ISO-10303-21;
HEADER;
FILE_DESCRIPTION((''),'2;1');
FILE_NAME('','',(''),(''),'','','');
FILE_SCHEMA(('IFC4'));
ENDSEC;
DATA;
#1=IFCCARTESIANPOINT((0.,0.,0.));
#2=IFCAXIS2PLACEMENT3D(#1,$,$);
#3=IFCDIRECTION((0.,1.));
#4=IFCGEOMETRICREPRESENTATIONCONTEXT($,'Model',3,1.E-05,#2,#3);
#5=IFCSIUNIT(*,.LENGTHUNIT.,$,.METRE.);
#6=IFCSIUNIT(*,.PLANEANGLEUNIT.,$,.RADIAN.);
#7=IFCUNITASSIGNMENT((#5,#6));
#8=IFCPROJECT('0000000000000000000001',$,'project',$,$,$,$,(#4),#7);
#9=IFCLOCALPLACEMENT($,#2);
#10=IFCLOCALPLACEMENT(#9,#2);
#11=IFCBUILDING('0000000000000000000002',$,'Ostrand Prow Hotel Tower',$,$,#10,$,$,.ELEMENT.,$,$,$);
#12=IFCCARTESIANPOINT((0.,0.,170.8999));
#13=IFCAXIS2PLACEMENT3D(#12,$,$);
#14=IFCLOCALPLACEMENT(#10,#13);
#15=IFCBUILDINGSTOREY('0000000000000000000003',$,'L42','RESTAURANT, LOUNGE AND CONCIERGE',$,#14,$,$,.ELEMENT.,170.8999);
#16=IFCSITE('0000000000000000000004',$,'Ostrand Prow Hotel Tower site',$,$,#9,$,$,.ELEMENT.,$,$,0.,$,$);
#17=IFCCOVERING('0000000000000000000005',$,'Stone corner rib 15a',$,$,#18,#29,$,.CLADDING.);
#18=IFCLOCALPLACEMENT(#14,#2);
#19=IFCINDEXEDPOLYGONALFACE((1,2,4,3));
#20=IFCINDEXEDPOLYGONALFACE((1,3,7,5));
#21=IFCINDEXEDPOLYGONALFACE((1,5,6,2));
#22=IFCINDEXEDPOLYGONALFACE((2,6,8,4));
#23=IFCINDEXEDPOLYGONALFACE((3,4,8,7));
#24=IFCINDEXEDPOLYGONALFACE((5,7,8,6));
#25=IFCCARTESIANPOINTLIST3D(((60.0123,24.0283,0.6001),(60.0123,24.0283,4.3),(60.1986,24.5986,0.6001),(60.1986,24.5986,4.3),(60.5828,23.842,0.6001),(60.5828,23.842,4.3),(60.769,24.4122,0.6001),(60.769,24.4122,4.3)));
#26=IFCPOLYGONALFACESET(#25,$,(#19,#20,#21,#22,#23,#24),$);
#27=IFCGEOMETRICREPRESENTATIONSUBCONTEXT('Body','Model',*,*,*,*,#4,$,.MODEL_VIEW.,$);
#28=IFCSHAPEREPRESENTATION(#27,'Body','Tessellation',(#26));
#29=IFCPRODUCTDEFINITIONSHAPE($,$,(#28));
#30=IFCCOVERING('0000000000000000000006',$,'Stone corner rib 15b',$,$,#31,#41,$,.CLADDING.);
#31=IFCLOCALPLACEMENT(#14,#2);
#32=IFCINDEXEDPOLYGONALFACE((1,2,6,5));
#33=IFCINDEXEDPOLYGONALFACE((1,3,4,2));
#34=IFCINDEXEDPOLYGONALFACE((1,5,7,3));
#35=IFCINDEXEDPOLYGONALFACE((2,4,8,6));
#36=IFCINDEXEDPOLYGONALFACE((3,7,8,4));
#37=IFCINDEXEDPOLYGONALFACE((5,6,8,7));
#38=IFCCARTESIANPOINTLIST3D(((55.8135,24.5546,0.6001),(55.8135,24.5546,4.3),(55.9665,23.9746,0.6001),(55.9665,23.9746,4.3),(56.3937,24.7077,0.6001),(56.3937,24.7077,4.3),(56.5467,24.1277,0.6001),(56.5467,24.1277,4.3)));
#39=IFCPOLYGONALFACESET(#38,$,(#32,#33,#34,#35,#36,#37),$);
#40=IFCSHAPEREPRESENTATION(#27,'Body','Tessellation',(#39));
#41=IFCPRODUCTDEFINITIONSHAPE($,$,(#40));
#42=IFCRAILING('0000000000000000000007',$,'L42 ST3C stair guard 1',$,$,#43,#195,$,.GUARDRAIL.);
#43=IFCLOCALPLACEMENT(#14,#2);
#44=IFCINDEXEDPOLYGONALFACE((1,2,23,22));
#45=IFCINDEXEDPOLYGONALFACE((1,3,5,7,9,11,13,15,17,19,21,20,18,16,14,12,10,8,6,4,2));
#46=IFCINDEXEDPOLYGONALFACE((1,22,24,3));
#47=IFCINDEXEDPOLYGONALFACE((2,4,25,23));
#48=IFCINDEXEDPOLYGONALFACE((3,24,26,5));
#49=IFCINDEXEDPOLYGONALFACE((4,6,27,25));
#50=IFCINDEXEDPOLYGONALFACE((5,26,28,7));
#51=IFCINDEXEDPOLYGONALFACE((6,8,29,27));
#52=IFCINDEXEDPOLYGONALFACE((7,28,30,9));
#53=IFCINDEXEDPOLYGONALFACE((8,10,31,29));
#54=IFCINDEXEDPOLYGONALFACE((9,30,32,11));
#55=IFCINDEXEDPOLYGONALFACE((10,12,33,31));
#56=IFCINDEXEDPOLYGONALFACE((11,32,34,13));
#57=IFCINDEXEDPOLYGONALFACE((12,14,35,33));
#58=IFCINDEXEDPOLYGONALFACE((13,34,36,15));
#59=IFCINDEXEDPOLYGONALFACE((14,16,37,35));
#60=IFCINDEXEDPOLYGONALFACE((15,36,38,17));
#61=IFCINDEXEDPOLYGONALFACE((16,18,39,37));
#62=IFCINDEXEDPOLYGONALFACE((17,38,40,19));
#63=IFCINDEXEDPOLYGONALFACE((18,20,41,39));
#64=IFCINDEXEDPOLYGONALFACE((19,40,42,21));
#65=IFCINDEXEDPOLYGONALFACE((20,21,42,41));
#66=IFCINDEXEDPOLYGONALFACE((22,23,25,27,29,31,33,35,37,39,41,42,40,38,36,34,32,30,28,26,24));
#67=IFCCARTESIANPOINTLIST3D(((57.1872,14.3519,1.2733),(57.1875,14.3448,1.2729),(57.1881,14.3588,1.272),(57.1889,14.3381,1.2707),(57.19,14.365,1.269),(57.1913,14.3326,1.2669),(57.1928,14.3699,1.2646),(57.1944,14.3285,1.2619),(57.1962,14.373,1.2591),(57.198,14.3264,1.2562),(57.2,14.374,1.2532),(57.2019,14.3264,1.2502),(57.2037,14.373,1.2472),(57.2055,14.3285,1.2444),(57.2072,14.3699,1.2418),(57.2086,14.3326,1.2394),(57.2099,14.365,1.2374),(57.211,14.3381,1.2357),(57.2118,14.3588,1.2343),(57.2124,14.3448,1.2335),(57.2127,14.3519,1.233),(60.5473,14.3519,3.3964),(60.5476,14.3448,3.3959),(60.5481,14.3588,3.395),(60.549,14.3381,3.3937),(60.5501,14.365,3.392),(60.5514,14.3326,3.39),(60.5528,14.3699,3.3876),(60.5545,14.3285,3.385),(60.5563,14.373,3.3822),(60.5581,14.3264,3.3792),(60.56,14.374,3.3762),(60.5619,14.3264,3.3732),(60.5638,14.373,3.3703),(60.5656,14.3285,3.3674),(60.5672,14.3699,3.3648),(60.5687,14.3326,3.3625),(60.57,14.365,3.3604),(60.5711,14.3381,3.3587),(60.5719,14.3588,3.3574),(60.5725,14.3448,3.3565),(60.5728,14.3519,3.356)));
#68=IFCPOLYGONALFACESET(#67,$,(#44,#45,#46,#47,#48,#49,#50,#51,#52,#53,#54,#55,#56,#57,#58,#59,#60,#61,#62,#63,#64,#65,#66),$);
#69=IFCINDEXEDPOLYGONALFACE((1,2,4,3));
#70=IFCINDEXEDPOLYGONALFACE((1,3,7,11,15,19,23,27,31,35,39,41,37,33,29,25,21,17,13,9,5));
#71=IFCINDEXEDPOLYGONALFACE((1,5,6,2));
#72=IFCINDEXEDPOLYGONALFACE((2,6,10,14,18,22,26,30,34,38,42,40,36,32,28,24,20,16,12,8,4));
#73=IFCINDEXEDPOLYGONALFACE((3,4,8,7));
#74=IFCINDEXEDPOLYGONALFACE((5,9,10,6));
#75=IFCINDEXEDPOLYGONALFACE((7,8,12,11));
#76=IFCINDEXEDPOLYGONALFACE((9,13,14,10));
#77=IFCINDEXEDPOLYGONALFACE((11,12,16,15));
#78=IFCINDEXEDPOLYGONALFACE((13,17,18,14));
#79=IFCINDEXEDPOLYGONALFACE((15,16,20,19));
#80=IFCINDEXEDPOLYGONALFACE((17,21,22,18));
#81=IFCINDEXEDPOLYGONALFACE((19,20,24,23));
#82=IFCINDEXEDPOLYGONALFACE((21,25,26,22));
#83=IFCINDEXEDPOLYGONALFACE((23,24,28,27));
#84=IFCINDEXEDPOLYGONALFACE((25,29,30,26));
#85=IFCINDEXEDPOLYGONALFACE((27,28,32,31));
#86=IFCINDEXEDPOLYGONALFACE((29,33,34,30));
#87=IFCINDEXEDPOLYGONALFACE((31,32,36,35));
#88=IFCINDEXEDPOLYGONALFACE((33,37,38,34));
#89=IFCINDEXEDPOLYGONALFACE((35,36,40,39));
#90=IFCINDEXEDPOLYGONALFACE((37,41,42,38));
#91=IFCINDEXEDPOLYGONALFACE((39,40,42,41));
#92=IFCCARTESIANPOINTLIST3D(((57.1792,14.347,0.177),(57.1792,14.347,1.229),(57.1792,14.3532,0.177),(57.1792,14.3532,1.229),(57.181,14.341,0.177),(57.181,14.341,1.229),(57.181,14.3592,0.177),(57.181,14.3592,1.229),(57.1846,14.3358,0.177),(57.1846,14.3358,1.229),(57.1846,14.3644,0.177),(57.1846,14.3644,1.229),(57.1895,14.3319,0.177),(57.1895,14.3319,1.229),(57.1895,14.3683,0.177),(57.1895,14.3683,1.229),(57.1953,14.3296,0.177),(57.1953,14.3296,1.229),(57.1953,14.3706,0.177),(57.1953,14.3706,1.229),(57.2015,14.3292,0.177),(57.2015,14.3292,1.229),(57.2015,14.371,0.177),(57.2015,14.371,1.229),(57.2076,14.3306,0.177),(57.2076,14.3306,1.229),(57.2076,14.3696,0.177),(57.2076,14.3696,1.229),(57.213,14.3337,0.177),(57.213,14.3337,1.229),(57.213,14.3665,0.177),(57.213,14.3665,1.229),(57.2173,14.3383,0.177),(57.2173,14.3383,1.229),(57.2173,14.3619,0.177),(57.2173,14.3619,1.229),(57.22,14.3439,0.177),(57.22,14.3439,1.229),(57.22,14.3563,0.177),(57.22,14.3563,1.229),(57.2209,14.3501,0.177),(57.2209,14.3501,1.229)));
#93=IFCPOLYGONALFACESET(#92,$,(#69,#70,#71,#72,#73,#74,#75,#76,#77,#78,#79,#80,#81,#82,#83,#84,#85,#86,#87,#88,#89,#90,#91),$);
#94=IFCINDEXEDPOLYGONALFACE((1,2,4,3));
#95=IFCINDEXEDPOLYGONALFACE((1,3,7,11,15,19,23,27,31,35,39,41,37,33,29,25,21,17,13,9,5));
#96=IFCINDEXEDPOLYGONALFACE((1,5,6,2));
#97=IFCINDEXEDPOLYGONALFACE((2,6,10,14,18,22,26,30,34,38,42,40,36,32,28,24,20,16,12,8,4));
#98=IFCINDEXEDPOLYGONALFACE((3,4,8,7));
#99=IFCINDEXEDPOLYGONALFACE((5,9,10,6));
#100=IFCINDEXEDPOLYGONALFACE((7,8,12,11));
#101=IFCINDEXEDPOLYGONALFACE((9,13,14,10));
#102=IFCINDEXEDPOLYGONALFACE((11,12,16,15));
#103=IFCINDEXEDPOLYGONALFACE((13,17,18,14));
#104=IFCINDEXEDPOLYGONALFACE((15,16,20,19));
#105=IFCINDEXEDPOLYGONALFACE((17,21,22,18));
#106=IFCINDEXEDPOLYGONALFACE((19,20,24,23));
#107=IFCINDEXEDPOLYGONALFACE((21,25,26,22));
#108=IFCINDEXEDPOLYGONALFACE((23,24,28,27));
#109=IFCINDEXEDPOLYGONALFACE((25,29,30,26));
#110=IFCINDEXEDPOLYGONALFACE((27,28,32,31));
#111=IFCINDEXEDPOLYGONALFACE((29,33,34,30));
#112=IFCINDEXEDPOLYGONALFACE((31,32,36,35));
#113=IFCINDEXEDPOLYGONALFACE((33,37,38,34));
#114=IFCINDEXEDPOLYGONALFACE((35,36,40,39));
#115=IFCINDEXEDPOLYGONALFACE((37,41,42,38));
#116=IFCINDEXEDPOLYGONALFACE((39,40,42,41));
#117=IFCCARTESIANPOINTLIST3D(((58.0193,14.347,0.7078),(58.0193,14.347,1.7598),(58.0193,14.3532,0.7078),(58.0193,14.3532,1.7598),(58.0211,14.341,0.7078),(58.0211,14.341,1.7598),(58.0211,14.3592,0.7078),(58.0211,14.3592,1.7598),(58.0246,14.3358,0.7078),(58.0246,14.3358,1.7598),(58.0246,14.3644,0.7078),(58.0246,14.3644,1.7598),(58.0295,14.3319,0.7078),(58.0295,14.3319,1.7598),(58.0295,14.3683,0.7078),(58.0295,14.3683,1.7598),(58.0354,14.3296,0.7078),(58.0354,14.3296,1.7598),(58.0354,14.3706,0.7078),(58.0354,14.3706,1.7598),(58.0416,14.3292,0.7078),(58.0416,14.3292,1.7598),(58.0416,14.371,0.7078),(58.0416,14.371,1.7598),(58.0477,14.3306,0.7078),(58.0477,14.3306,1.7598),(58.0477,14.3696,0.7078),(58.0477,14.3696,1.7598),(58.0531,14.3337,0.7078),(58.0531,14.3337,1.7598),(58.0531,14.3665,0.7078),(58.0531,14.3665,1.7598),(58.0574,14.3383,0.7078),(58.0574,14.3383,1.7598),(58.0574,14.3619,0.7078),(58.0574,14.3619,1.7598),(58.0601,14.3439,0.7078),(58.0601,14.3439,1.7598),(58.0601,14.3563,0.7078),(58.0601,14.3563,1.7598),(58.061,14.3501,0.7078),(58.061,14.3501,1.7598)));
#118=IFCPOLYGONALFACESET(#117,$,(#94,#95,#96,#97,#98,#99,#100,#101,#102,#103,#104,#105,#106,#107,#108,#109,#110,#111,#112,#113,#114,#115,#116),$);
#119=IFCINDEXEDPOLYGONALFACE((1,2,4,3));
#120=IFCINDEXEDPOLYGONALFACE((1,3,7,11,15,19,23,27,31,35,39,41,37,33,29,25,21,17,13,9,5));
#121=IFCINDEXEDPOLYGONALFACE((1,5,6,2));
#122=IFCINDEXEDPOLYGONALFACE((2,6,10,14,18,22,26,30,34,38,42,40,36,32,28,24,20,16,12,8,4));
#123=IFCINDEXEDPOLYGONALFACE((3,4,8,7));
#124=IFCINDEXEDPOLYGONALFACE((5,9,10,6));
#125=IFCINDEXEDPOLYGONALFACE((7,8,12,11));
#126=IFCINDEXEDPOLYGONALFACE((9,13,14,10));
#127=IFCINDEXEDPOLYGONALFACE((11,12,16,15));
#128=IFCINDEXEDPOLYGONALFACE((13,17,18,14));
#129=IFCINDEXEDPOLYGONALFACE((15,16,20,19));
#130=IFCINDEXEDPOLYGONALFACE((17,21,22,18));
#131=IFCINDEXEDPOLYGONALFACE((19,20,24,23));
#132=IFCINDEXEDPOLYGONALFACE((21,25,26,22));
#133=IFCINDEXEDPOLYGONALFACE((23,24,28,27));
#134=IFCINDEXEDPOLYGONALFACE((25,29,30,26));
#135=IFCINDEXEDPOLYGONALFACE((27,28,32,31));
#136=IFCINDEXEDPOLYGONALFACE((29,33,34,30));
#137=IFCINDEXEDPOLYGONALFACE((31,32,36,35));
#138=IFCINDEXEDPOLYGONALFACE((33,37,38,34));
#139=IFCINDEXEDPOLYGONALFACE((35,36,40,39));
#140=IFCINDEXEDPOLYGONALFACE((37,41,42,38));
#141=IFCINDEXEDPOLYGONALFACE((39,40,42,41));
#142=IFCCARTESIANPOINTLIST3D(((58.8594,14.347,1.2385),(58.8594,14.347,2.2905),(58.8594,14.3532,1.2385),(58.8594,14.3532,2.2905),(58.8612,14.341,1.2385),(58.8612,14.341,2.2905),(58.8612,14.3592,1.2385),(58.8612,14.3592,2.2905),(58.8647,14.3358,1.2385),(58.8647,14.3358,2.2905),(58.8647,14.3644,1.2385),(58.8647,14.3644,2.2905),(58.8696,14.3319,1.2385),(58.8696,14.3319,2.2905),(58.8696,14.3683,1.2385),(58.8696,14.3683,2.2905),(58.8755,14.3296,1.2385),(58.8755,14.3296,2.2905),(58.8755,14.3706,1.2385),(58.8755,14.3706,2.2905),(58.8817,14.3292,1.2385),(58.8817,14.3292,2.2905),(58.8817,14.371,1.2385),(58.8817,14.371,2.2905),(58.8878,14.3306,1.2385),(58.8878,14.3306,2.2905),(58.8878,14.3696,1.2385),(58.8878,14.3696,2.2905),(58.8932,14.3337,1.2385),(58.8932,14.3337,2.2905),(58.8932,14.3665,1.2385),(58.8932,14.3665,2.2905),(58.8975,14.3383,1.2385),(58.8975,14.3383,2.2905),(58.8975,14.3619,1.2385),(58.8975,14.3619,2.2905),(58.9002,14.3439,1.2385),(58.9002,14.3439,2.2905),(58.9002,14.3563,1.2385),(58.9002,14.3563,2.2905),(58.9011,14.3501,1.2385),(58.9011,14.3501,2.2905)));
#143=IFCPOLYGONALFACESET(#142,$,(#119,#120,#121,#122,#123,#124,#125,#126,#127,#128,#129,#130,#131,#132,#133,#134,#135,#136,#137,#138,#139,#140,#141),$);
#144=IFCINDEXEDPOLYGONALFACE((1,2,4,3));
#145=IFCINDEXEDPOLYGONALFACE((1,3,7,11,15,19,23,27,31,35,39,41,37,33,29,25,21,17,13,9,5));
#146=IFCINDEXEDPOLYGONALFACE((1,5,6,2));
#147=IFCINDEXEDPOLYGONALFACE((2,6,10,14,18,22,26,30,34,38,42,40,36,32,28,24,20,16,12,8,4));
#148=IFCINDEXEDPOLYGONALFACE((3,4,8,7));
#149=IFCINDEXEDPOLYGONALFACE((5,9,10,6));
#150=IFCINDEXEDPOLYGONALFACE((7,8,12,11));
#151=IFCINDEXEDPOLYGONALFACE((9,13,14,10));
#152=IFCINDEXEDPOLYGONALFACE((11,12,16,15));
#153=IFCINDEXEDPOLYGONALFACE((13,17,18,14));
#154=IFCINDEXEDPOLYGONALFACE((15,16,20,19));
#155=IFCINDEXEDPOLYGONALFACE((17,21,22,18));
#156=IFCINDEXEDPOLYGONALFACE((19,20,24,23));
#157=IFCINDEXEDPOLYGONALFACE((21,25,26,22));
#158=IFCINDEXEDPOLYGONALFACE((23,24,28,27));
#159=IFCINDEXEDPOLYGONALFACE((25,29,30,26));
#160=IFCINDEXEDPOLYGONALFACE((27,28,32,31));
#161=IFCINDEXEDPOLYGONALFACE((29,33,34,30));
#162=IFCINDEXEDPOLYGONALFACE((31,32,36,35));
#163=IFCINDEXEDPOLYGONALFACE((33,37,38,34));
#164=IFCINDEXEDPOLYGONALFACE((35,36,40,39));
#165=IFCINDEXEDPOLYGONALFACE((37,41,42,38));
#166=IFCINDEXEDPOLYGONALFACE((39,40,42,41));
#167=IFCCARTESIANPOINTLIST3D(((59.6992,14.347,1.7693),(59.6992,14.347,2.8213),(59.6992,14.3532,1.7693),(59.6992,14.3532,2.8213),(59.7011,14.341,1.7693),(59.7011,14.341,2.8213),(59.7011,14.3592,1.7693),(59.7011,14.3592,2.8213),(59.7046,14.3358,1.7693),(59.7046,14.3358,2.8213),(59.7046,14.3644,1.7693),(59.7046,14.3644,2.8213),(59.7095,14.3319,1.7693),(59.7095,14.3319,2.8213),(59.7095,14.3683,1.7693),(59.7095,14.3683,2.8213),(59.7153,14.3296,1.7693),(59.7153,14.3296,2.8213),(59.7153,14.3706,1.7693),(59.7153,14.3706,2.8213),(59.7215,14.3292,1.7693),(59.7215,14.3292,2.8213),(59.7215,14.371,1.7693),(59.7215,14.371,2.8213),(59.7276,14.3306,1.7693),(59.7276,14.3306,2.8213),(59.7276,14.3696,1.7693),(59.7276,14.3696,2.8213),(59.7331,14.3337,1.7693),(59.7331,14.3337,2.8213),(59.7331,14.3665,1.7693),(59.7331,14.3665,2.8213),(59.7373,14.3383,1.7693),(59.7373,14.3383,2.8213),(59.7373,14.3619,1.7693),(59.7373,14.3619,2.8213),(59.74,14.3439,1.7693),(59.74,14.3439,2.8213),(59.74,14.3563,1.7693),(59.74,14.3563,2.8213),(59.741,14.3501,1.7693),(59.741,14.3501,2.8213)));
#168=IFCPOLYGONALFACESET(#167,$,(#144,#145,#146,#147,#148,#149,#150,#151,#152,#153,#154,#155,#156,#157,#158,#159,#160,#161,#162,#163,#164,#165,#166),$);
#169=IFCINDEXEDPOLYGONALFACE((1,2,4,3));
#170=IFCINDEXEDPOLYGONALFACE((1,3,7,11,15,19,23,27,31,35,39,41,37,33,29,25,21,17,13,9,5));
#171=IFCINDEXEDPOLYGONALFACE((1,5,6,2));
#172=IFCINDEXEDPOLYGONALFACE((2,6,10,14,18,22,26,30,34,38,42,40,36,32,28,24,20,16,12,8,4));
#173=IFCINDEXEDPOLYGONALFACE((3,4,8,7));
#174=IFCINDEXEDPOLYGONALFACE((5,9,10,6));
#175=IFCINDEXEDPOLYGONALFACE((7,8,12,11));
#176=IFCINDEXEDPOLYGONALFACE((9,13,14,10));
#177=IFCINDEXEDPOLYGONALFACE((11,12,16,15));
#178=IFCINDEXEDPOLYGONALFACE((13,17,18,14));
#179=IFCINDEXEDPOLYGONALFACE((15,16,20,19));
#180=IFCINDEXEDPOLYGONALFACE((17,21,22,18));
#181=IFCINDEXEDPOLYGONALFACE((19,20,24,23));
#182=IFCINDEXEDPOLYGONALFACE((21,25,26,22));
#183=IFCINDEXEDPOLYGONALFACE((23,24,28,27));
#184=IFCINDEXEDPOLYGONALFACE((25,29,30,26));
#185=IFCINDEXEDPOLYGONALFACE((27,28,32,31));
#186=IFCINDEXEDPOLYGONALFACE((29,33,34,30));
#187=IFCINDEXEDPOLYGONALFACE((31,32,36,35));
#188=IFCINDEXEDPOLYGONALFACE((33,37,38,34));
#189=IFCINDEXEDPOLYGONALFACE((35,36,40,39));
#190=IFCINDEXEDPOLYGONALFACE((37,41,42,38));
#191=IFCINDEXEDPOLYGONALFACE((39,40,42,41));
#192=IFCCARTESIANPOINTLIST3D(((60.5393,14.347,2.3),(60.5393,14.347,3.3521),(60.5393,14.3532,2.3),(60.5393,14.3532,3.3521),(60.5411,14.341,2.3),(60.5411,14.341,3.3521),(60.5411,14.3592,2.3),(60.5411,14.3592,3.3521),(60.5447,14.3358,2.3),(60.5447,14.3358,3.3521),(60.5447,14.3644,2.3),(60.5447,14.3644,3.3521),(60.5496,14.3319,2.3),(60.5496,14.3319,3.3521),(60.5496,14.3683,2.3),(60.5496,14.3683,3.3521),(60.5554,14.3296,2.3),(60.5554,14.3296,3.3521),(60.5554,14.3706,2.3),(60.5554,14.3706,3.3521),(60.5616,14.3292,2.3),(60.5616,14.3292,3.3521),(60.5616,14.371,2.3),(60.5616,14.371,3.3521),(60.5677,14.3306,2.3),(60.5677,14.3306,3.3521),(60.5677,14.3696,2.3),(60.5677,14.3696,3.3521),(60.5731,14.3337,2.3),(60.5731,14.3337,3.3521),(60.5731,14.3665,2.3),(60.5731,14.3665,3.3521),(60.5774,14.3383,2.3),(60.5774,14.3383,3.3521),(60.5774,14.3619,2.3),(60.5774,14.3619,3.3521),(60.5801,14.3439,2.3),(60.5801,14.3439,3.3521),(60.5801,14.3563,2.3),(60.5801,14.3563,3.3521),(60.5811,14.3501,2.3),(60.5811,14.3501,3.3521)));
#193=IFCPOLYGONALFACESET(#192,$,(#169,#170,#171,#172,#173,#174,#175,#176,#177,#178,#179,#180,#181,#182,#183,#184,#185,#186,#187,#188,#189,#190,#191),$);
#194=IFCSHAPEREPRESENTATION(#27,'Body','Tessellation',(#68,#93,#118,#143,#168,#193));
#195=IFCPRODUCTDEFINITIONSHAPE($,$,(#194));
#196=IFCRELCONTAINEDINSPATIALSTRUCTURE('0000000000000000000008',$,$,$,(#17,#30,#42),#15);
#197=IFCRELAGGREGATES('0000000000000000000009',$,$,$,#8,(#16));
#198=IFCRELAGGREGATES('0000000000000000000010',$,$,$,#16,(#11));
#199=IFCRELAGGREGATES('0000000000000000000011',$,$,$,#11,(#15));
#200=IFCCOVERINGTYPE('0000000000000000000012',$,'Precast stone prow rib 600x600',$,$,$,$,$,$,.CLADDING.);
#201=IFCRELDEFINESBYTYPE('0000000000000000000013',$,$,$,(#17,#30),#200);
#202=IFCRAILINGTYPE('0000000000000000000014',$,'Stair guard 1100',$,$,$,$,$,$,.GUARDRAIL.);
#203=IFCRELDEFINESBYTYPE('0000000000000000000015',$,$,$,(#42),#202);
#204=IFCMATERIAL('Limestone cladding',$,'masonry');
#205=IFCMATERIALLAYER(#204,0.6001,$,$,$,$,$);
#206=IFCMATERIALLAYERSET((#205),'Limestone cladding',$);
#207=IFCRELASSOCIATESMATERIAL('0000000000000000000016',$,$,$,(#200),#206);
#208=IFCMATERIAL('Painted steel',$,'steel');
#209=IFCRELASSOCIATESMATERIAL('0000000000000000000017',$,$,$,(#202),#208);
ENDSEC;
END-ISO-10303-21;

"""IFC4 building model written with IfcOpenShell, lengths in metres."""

from ifc_helpers import new_model, si_unit, direction, frame, frame_2d, origin, origin_2d, place, context, subcontext, project, spatial, rectangle, circle, extrude, material, layer, layer_set, type_object, element, save


model = new_model("IFC4")

# Units and contexts
model_context = context("Model", 3, precision=1e-05, world=origin(), true_north=direction((0.0, 1.0)))
body_context = subcontext(model_context, "Body", "Model", "MODEL_VIEW")
ifc_project = project(units=[si_unit("LENGTHUNIT", "METRE"), si_unit("PLANEANGLEUNIT", "RADIAN")], contexts=[model_context])

# Site, building, storey
site_placement = place(None, origin())
site = spatial("IfcSite", under=ifc_project, at=site_placement, Name="Ostrand Prow Hotel Tower site", CompositionType="ELEMENT", RefElevation=0.0)
building_placement = place(site_placement, origin())
building = spatial("IfcBuilding", under=site, at=building_placement, Name="Ostrand Prow Hotel Tower", CompositionType="ELEMENT")
storey_placement = place(building_placement, frame((0.0, 0.0, 170.8999)))
storey = spatial("IfcBuildingStorey", under=building, at=storey_placement, Name="L42", Description="RESTAURANT, LOUNGE AND CONCIERGE", CompositionType="ELEMENT", Elevation=170.8999)

# Coverings
ifc_material_1 = material(Name="Limestone cladding", Category="masonry")
ifc_layer_1 = layer(ifc_material_1, 0.6001)
ifc_layer_set_1 = layer_set([ifc_layer_1], Name="Limestone cladding")
covering_type = type_object("IfcCoveringType", Name="Precast stone prow rib 600x600", PredefinedType="CLADDING", material=ifc_layer_set_1)
for number, where, z_axis, x_axis, name in (
    (1, (60.2976, 23.9353, 0.6001), (0.0, 0.0, 1.0), (0.310484, 0.950578, 0.0), "Stone corner rib 15a"),
    (2, (56.2566, 24.0513, 0.6001), (0.0, 0.0, 1.0), (-0.255154, 0.9669, 0.0), "Stone corner rib 15b"),
):
    element("IfcCovering", number, at=place(storey_placement, frame(where, z_axis=z_axis, x_axis=x_axis)), inside=storey, type_object=covering_type, Name=name, PredefinedType="CLADDING", context=body_context, shape_type="SweptSolid", body=[
        extrude(rectangle(XDim=0.5999, YDim=0.6001, at=frame_2d((0.2998, 0.0))), origin(), (0.0, 0.0, 1.0), 3.7),
    ])

# Railing
ifc_material_2 = material(Name="Painted steel", Category="steel")
railing_type_1 = type_object("IfcRailingType", Name="Stair guard 1100", PredefinedType="GUARDRAIL", material=ifc_material_2)
railing_1_placement = place(storey_placement, frame((57.2, 14.3501, 0.177)))
element("IfcRailing", 3, at=railing_1_placement, inside=storey, type_object=railing_type_1, Name="L42 ST3C stair guard 1", PredefinedType="GUARDRAIL", context=body_context, shape_type="SweptSolid", body=[
    extrude(circle(Radius=0.0239, at=origin_2d()), frame((0.0, 0.0, 1.0762), z_axis=(0.84539, 0.0, 0.53415), x_axis=(0.0, 1.0, 0.0)), (0.0, 0.0, 1.0), 3.9746),
    extrude(circle(Radius=0.021, at=origin_2d()), origin(), (0.0, 0.0, 1.0), 1.052),
    extrude(circle(Radius=0.021, at=origin_2d()), frame((0.8401, 0.0, 0.5308)), (0.0, 0.0, 1.0), 1.052),
    extrude(circle(Radius=0.021, at=origin_2d()), frame((1.6802, 0.0, 1.0615)), (0.0, 0.0, 1.0), 1.052),
    extrude(circle(Radius=0.021, at=origin_2d()), frame((2.52, 0.0, 1.5923)), (0.0, 0.0, 1.0), 1.052),
    extrude(circle(Radius=0.021, at=origin_2d()), frame((3.3601, 0.0, 2.123)), (0.0, 0.0, 1.0), 1.052),
])

save(model, "model.ifc")
